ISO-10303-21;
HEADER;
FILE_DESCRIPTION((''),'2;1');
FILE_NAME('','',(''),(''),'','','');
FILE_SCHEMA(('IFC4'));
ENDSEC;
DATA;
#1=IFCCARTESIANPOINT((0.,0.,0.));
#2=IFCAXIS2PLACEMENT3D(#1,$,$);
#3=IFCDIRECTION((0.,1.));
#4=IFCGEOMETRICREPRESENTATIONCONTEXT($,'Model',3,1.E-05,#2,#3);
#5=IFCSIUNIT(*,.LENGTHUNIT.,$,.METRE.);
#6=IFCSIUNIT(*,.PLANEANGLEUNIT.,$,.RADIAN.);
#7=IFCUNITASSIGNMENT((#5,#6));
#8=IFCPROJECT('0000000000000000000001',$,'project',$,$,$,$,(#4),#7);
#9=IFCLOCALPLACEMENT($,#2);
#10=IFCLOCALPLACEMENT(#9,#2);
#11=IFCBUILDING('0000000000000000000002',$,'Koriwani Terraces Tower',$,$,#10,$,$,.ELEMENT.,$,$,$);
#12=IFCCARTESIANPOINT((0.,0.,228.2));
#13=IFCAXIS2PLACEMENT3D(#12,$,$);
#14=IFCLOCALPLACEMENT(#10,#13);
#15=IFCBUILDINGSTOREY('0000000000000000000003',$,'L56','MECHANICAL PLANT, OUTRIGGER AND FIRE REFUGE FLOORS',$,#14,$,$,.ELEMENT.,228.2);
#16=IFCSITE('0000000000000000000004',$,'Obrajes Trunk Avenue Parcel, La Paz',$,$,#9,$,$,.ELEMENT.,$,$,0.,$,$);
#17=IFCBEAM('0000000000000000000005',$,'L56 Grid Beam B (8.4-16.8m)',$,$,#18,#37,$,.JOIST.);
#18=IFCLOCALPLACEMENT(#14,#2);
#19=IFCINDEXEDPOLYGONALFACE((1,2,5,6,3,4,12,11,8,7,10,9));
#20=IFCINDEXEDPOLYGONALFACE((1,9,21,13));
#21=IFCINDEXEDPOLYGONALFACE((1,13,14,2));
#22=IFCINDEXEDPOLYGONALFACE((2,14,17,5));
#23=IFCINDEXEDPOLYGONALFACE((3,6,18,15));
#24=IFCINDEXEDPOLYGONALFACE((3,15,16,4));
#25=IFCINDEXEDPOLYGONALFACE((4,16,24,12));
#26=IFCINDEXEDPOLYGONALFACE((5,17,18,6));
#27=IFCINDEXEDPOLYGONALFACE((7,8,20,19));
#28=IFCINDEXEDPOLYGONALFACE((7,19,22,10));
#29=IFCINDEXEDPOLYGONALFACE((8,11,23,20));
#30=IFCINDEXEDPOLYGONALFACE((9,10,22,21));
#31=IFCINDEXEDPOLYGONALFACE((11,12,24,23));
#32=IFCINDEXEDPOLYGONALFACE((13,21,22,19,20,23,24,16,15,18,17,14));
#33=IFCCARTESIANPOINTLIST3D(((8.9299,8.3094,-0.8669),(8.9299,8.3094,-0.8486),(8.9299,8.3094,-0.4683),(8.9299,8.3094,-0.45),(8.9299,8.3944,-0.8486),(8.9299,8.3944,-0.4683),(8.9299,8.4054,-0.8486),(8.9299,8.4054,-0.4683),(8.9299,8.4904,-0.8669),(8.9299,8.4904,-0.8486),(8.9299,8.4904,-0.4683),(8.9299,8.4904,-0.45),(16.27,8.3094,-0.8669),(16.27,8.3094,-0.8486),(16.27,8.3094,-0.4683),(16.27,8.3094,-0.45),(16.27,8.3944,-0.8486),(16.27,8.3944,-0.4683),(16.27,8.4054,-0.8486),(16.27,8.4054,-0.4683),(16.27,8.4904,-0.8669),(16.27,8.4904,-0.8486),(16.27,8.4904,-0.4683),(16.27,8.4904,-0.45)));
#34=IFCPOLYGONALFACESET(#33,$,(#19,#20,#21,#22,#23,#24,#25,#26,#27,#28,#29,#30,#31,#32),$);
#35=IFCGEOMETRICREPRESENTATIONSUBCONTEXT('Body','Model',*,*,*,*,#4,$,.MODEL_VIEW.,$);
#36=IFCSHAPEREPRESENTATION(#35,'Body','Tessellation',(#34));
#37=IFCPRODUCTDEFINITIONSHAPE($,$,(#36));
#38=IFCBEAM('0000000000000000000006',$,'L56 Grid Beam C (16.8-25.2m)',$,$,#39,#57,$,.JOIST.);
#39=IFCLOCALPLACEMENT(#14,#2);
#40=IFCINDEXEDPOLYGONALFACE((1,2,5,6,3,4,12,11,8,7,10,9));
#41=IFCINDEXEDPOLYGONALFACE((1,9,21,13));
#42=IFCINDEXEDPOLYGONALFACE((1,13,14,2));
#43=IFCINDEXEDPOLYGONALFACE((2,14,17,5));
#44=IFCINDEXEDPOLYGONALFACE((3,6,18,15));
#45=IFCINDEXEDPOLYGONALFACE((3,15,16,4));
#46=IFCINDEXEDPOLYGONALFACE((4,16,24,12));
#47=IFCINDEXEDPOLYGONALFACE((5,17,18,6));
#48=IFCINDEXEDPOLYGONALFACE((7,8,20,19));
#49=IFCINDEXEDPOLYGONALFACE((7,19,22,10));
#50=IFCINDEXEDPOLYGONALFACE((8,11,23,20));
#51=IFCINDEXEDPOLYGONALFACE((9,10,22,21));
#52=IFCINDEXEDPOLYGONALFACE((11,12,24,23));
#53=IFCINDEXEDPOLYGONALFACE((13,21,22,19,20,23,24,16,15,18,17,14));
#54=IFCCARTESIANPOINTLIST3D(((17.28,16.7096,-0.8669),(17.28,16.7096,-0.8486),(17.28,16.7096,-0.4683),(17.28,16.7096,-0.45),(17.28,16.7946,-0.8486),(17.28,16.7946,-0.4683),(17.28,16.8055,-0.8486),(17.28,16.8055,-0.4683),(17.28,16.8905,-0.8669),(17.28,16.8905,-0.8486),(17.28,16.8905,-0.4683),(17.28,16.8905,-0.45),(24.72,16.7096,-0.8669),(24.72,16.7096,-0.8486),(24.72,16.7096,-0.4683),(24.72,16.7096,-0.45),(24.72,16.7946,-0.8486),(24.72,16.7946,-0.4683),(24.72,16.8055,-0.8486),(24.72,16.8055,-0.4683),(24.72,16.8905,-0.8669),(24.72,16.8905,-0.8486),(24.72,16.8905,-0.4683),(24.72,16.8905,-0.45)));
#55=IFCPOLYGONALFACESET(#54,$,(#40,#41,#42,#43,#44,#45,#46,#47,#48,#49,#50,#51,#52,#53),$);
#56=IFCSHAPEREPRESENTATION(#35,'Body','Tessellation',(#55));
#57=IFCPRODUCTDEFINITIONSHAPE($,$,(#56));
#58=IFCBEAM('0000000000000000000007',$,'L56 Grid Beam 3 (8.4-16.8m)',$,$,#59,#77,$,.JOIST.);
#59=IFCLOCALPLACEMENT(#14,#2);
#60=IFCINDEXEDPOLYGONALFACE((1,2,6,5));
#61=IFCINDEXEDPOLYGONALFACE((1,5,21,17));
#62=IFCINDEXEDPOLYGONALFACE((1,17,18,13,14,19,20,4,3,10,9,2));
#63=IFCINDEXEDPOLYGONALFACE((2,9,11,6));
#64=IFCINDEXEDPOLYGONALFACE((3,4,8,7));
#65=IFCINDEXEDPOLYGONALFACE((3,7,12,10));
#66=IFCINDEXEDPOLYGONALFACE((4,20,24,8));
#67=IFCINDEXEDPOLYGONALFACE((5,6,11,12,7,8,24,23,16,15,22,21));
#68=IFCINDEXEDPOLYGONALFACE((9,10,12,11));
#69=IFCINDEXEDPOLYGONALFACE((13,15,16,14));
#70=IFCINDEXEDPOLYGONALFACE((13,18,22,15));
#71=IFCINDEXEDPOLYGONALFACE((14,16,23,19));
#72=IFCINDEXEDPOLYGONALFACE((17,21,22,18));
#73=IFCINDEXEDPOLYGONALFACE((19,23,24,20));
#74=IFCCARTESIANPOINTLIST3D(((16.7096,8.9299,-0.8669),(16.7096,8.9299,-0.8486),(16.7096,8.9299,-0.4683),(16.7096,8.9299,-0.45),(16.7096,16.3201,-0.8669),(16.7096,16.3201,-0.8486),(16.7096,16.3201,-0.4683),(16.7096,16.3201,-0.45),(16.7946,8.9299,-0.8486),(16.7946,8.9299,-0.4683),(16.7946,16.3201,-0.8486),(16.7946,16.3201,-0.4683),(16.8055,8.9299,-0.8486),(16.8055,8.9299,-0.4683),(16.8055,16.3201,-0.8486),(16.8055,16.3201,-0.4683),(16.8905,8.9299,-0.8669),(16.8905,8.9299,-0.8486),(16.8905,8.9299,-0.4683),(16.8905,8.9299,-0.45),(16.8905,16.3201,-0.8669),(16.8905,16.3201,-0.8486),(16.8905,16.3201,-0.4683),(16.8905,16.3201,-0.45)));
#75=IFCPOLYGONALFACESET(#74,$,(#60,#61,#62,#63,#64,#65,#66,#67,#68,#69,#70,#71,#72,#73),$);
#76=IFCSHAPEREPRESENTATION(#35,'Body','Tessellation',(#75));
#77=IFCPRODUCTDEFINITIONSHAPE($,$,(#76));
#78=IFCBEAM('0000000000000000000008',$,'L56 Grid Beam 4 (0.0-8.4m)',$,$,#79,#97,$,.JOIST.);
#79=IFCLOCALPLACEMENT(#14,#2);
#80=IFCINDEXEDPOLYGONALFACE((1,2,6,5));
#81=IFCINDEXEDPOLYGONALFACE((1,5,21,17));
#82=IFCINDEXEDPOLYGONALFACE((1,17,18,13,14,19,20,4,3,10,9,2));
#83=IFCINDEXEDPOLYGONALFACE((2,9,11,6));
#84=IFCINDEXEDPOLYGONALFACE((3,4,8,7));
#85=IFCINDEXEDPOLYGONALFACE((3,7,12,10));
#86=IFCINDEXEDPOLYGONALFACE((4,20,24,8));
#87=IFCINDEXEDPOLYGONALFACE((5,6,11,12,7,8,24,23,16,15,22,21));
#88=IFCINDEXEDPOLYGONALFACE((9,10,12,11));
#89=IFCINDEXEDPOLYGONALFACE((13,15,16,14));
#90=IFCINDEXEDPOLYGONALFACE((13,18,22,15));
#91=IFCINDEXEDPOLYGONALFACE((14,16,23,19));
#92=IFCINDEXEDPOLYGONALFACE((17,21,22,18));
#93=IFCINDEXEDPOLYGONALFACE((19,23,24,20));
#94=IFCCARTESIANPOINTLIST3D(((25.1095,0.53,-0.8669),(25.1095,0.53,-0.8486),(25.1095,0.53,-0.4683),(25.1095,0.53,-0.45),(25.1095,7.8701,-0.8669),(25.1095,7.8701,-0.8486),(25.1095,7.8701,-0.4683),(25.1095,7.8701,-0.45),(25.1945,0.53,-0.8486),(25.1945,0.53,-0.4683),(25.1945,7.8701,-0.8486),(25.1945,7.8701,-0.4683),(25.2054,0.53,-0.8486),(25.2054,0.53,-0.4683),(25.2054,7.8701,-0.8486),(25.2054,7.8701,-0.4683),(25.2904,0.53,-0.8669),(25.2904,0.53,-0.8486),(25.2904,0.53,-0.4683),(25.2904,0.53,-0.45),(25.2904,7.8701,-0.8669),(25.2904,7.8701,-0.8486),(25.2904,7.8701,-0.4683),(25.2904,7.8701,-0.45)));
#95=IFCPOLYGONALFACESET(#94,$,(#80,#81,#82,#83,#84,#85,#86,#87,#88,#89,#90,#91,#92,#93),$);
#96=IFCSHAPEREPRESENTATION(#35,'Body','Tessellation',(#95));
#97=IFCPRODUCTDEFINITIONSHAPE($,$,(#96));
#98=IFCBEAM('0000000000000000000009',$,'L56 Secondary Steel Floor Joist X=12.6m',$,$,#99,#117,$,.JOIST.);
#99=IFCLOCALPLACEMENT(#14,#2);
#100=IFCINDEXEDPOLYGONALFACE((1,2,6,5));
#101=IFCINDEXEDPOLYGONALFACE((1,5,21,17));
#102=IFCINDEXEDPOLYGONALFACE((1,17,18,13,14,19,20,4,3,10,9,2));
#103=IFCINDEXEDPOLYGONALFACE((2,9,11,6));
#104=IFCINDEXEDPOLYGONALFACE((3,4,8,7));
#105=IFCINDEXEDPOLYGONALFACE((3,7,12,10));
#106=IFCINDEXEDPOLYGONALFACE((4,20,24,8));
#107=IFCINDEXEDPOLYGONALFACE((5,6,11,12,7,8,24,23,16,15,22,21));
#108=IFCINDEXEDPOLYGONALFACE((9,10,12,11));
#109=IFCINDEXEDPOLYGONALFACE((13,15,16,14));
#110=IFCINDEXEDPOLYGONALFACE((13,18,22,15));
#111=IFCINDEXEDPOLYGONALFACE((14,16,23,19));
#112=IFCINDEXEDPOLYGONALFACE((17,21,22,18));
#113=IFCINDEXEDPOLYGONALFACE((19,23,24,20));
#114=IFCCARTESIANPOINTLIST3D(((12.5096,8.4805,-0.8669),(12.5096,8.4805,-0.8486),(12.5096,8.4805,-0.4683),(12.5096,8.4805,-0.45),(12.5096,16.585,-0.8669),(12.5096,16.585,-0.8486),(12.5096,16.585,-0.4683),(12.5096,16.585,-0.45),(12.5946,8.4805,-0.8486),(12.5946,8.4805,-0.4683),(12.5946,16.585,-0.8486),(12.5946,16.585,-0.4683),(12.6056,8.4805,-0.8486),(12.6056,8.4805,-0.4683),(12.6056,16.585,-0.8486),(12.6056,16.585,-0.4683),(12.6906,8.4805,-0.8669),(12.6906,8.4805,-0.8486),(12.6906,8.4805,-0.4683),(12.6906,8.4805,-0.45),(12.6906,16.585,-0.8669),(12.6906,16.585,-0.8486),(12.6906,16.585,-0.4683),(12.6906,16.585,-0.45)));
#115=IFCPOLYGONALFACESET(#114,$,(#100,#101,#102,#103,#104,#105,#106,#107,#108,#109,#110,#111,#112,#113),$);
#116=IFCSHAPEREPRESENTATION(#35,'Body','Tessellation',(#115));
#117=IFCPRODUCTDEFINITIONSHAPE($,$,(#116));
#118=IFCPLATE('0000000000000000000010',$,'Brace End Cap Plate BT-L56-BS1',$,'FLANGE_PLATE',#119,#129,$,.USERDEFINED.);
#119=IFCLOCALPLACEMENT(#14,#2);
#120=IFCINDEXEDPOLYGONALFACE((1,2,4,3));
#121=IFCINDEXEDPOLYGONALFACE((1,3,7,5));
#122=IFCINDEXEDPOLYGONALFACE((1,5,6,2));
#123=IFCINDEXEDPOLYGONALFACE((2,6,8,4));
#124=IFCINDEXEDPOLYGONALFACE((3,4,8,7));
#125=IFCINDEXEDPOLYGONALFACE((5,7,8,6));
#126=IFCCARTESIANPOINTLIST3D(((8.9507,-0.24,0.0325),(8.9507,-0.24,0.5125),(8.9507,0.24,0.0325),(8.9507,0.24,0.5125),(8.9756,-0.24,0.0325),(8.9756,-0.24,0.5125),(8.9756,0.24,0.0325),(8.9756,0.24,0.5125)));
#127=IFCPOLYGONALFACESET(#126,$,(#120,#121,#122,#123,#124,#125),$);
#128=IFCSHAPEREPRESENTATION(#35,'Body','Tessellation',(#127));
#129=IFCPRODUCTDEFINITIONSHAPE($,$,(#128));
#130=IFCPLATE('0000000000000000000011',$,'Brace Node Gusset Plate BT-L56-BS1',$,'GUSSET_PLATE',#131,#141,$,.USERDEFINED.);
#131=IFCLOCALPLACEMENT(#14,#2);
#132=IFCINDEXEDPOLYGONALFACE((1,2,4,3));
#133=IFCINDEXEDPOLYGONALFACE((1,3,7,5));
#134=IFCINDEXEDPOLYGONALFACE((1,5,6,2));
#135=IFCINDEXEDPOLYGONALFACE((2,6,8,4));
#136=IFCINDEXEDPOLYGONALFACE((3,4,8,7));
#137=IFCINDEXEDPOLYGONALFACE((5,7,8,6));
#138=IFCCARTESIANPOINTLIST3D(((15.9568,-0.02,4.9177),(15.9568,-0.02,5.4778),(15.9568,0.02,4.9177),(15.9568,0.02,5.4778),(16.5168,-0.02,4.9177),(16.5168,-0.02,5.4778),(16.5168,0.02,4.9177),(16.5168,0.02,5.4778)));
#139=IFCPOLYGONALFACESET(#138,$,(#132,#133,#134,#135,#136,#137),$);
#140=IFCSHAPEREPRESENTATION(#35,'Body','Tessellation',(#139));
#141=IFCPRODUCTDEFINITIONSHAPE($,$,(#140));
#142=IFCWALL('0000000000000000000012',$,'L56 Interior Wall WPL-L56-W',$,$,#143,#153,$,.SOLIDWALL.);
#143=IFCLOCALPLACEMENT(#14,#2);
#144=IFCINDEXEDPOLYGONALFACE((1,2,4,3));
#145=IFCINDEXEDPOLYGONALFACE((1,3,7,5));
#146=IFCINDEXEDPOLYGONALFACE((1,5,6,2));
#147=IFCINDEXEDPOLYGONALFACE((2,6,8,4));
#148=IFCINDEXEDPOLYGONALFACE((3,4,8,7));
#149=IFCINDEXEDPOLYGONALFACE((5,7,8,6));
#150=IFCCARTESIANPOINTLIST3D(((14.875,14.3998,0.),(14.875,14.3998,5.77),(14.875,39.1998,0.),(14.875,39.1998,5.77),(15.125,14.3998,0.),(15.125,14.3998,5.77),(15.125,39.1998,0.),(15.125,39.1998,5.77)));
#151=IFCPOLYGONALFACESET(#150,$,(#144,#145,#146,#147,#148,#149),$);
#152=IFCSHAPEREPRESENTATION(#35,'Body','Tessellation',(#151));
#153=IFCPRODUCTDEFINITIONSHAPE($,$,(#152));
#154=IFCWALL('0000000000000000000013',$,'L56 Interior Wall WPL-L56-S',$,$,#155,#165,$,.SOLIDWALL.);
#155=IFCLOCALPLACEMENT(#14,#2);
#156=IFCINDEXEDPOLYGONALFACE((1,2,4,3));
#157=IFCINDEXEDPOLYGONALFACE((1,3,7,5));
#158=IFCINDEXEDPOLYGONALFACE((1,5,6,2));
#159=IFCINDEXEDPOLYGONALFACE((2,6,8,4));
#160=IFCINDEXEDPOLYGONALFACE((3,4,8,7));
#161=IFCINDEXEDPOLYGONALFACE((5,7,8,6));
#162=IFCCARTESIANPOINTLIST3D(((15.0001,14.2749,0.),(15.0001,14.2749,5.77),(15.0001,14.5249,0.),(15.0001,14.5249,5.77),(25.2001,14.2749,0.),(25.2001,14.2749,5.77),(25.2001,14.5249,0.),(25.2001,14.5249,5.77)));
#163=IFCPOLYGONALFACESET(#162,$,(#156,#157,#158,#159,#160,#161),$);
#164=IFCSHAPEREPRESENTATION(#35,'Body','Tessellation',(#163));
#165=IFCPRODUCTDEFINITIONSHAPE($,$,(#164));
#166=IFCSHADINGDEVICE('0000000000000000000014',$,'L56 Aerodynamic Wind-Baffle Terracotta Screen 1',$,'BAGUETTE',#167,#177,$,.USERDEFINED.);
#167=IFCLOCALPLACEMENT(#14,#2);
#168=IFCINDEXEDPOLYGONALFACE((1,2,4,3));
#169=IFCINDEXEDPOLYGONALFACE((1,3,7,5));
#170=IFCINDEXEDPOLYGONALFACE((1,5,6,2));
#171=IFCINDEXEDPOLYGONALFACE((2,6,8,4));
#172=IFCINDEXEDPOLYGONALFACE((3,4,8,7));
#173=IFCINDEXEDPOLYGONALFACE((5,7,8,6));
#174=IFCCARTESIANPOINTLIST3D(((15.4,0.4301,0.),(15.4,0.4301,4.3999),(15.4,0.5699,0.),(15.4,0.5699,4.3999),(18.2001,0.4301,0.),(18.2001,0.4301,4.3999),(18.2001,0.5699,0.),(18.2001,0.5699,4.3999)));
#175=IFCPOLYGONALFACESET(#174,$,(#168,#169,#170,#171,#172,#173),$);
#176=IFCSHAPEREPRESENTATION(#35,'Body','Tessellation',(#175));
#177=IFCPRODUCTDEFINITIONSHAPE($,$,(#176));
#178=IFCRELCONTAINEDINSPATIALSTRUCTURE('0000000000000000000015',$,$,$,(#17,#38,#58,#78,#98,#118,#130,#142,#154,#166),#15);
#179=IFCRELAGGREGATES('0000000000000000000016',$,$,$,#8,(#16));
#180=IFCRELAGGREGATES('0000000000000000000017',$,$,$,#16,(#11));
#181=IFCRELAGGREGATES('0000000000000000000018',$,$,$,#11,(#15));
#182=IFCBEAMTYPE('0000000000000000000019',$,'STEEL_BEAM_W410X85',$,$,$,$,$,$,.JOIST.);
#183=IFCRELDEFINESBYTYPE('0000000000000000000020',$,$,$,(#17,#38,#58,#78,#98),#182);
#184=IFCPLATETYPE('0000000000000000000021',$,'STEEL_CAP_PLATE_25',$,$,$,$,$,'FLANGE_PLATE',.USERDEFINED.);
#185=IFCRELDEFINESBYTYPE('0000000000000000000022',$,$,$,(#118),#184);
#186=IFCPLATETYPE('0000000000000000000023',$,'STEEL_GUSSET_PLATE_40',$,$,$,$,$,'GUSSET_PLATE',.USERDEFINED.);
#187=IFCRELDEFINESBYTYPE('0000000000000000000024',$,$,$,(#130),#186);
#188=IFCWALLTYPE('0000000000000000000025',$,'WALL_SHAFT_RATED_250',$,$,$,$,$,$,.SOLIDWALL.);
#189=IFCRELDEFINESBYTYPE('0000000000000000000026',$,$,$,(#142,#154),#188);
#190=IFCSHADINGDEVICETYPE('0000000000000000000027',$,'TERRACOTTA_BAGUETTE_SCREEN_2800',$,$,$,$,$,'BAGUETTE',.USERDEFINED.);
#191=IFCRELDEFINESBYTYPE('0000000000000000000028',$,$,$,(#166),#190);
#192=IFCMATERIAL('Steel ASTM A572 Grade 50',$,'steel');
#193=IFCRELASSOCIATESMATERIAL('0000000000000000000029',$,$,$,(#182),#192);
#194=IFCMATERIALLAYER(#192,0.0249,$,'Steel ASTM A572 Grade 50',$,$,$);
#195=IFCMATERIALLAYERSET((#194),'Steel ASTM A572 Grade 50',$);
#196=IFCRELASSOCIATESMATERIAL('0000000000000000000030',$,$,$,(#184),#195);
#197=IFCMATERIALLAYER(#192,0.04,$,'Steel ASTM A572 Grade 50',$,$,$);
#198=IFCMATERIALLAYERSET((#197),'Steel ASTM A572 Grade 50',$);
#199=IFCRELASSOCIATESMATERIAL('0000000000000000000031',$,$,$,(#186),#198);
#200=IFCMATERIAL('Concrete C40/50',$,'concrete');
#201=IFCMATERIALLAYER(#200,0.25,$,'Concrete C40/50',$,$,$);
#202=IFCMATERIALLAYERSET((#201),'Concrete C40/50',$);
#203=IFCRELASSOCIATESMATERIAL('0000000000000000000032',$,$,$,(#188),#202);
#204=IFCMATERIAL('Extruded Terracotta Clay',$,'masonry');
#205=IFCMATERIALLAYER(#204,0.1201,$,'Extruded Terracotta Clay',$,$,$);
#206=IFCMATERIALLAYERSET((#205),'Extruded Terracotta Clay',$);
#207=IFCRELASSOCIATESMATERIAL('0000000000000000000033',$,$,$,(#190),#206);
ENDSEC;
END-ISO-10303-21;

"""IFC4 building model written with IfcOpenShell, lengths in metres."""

from ifc_helpers import new_model, si_unit, direction, frame, frame_2d, origin, origin_2d, place, context, subcontext, project, spatial, rectangle, i_section, extrude, material, layer, layer_set, material_profile, profile_set, type_object, element, save


model = new_model("IFC4")

# Units and contexts
model_context = context("Model", 3, precision=1e-05, world=origin(), true_north=direction((0.0, 1.0)))
body_context = subcontext(model_context, "Body", "Model", "MODEL_VIEW")
ifc_project = project(units=[si_unit("LENGTHUNIT", "METRE"), si_unit("PLANEANGLEUNIT", "RADIAN")], contexts=[model_context])

# Site, building, storey
site_placement = place(None, origin())
site = spatial("IfcSite", under=ifc_project, at=site_placement, Name="Obrajes Trunk Avenue Parcel, La Paz", CompositionType="ELEMENT", RefElevation=0.0)
building_placement = place(site_placement, origin())
building = spatial("IfcBuilding", under=site, at=building_placement, Name="Koriwani Terraces Tower", CompositionType="ELEMENT")
storey_placement = place(building_placement, frame((0.0, 0.0, 228.2)))
storey = spatial("IfcBuildingStorey", under=building, at=storey_placement, Name="L56", Description="MECHANICAL PLANT, OUTRIGGER AND FIRE REFUGE FLOORS", CompositionType="ELEMENT", Elevation=228.2)

# Shared definitions
ifc_material_1 = material(Name="Steel ASTM A572 Grade 50", Category="steel")

# Beams
ifc_material_profile_1 = material_profile(ifc_material_1, i_section(OverallWidth=0.1809, OverallDepth=0.417, WebThickness=0.011, FlangeThickness=0.0183, at=origin_2d()), Name="Steel ASTM A572 Grade 50", Category="LoadBearing")
ifc_profile_set_1 = profile_set([ifc_material_profile_1], Name="Steel ASTM A572 Grade 50")
beam_type_1 = type_object("IfcBeamType", Name="STEEL_BEAM_W410X85", PredefinedType="JOIST", material=ifc_profile_set_1)
beam_1_placement = place(storey_placement, frame((8.9299, 8.3999, -0.6584), z_axis=(1.0, 0.0, 0.0), x_axis=(0.0, 1.0, 0.0)))
element("IfcBeam", 1, at=beam_1_placement, inside=storey, type_object=beam_type_1, Name="L56 Grid Beam B (8.4-16.8m)", PredefinedType="JOIST", context=body_context, shape_type="SweptSolid", body=[
    extrude(i_section(OverallWidth=0.1809, OverallDepth=0.417, WebThickness=0.011, FlangeThickness=0.0183, at=origin_2d()), origin(), (0.0, 0.0, 1.0), 7.3401),
])
beam_2_placement = place(storey_placement, frame((17.28, 16.8, -0.6584), z_axis=(1.0, 0.0, 0.0), x_axis=(0.0, 1.0, 0.0)))
element("IfcBeam", 2, at=beam_2_placement, inside=storey, type_object=beam_type_1, Name="L56 Grid Beam C (16.8-25.2m)", PredefinedType="JOIST", context=body_context, shape_type="SweptSolid", body=[
    extrude(i_section(OverallWidth=0.1809, OverallDepth=0.417, WebThickness=0.011, FlangeThickness=0.0183, at=origin_2d()), origin(), (0.0, 0.0, 1.0), 7.4399),
])
beam_3_placement = place(storey_placement, frame((16.8, 8.9299, -0.6584), z_axis=(0.0, 1.0, 0.0), x_axis=(-1.0, 0.0, 0.0)))
element("IfcBeam", 3, at=beam_3_placement, inside=storey, type_object=beam_type_1, Name="L56 Grid Beam 3 (8.4-16.8m)", PredefinedType="JOIST", context=body_context, shape_type="SweptSolid", body=[
    extrude(i_section(OverallWidth=0.1809, OverallDepth=0.417, WebThickness=0.011, FlangeThickness=0.0183, at=origin_2d()), origin(), (0.0, 0.0, 1.0), 7.3901),
])
beam_4_placement = place(storey_placement, frame((25.2, 0.53, -0.6584), z_axis=(0.0, 1.0, 0.0), x_axis=(-1.0, 0.0, 0.0)))
element("IfcBeam", 4, at=beam_4_placement, inside=storey, type_object=beam_type_1, Name="L56 Grid Beam 4 (0.0-8.4m)", PredefinedType="JOIST", context=body_context, shape_type="SweptSolid", body=[
    extrude(i_section(OverallWidth=0.1809, OverallDepth=0.417, WebThickness=0.011, FlangeThickness=0.0183, at=origin_2d()), origin(), (0.0, 0.0, 1.0), 7.3401),
])
beam_5_placement = place(storey_placement, frame((12.6001, 8.4805, -0.6584), z_axis=(0.0, 1.0, 0.0), x_axis=(-1.0, 0.0, 0.0)))
element("IfcBeam", 5, at=beam_5_placement, inside=storey, type_object=beam_type_1, Name="L56 Secondary Steel Floor Joist X=12.6m", PredefinedType="JOIST", context=body_context, shape_type="SweptSolid", body=[
    extrude(i_section(OverallWidth=0.1809, OverallDepth=0.417, WebThickness=0.011, FlangeThickness=0.0183, at=origin_2d()), origin(), (0.0, 0.0, 1.0), 8.1045),
])

# Plates
ifc_layer_1 = layer(ifc_material_1, 0.0249, Name="Steel ASTM A572 Grade 50")
ifc_layer_set_1 = layer_set([ifc_layer_1], Name="Steel ASTM A572 Grade 50")
plate_type_1 = type_object("IfcPlateType", Name="STEEL_CAP_PLATE_25", ElementType="FLANGE_PLATE", PredefinedType="USERDEFINED", material=ifc_layer_set_1)
plate_1_placement = place(storey_placement, frame((8.9631, 0.0, 0.0325), z_axis=(0.0, 0.0, 1.0), x_axis=(1.0, 0.0, 0.0)))
element("IfcPlate", 6, at=plate_1_placement, inside=storey, type_object=plate_type_1, Name="Brace End Cap Plate BT-L56-BS1", ObjectType="FLANGE_PLATE", PredefinedType="USERDEFINED", context=body_context, shape_type="SweptSolid", body=[
    extrude(rectangle(XDim=0.0249, YDim=0.48, at=origin_2d()), origin(), (0.0, 0.0, 1.0), 0.48),
])
ifc_layer_2 = layer(ifc_material_1, 0.04, Name="Steel ASTM A572 Grade 50")
ifc_layer_set_2 = layer_set([ifc_layer_2], Name="Steel ASTM A572 Grade 50")
plate_type_2 = type_object("IfcPlateType", Name="STEEL_GUSSET_PLATE_40", ElementType="GUSSET_PLATE", PredefinedType="USERDEFINED", material=ifc_layer_set_2)
plate_2_placement = place(storey_placement, frame((16.2368, 0.0, 4.9177), z_axis=(0.0, 0.0, 1.0), x_axis=(1.0, 0.0, 0.0)))
element("IfcPlate", 7, at=plate_2_placement, inside=storey, type_object=plate_type_2, Name="Brace Node Gusset Plate BT-L56-BS1", ObjectType="GUSSET_PLATE", PredefinedType="USERDEFINED", context=body_context, shape_type="SweptSolid", body=[
    extrude(rectangle(XDim=0.5601, YDim=0.04, at=origin_2d()), origin(), (0.0, 0.0, 1.0), 0.5601),
])

# Walls
ifc_material_2 = material(Name="Concrete C40/50", Category="concrete")
ifc_layer_3 = layer(ifc_material_2, 0.25, Name="Concrete C40/50")
ifc_layer_set_3 = layer_set([ifc_layer_3], Name="Concrete C40/50")
wall_type = type_object("IfcWallType", Name="WALL_SHAFT_RATED_250", PredefinedType="SOLIDWALL", material=ifc_layer_set_3)
wall_1_placement = place(storey_placement, frame((15.0, 14.3999, 0.0), z_axis=(0.0, 0.0, 1.0), x_axis=(0.0, 1.0, 0.0)))
element("IfcWall", 8, at=wall_1_placement, inside=storey, type_object=wall_type, Name="L56 Interior Wall WPL-L56-W", PredefinedType="SOLIDWALL", context=body_context, shape_type="SweptSolid", body=[
    extrude(rectangle(XDim=24.8, YDim=0.25, at=frame_2d((12.3999, 0.0))), origin(), (0.0, 0.0, 1.0), 5.77),
])
wall_2_placement = place(storey_placement, frame((15.0, 14.3999, 0.0), z_axis=(0.0, 0.0, 1.0), x_axis=(1.0, 0.0, 0.0)))
element("IfcWall", 9, at=wall_2_placement, inside=storey, type_object=wall_type, Name="L56 Interior Wall WPL-L56-S", PredefinedType="SOLIDWALL", context=body_context, shape_type="SweptSolid", body=[
    extrude(rectangle(XDim=10.2, YDim=0.25, at=frame_2d((5.1001, 0.0))), origin(), (0.0, 0.0, 1.0), 5.77),
])

# Shading device
ifc_material_3 = material(Name="Extruded Terracotta Clay", Category="masonry")
ifc_layer_4 = layer(ifc_material_3, 0.1201, Name="Extruded Terracotta Clay")
ifc_layer_set_4 = layer_set([ifc_layer_4], Name="Extruded Terracotta Clay")
shading_device_type = type_object("IfcShadingDeviceType", Name="TERRACOTTA_BAGUETTE_SCREEN_2800", ElementType="BAGUETTE", PredefinedType="USERDEFINED", material=ifc_layer_set_4)
shading_device_placement = place(storey_placement, frame((16.8, 0.5, 0.0), z_axis=(0.0, 0.0, 1.0), x_axis=(1.0, 0.0, 0.0)))
element("IfcShadingDevice", 10, at=shading_device_placement, inside=storey, type_object=shading_device_type, Name="L56 Aerodynamic Wind-Baffle Terracotta Screen 1", ObjectType="BAGUETTE", PredefinedType="USERDEFINED", context=body_context, shape_type="SweptSolid", body=[
    extrude(rectangle(XDim=2.8, YDim=0.1399, at=origin_2d()), origin(), (0.0, 0.0, 1.0), 4.3999),
])

save(model, "model.ifc")
